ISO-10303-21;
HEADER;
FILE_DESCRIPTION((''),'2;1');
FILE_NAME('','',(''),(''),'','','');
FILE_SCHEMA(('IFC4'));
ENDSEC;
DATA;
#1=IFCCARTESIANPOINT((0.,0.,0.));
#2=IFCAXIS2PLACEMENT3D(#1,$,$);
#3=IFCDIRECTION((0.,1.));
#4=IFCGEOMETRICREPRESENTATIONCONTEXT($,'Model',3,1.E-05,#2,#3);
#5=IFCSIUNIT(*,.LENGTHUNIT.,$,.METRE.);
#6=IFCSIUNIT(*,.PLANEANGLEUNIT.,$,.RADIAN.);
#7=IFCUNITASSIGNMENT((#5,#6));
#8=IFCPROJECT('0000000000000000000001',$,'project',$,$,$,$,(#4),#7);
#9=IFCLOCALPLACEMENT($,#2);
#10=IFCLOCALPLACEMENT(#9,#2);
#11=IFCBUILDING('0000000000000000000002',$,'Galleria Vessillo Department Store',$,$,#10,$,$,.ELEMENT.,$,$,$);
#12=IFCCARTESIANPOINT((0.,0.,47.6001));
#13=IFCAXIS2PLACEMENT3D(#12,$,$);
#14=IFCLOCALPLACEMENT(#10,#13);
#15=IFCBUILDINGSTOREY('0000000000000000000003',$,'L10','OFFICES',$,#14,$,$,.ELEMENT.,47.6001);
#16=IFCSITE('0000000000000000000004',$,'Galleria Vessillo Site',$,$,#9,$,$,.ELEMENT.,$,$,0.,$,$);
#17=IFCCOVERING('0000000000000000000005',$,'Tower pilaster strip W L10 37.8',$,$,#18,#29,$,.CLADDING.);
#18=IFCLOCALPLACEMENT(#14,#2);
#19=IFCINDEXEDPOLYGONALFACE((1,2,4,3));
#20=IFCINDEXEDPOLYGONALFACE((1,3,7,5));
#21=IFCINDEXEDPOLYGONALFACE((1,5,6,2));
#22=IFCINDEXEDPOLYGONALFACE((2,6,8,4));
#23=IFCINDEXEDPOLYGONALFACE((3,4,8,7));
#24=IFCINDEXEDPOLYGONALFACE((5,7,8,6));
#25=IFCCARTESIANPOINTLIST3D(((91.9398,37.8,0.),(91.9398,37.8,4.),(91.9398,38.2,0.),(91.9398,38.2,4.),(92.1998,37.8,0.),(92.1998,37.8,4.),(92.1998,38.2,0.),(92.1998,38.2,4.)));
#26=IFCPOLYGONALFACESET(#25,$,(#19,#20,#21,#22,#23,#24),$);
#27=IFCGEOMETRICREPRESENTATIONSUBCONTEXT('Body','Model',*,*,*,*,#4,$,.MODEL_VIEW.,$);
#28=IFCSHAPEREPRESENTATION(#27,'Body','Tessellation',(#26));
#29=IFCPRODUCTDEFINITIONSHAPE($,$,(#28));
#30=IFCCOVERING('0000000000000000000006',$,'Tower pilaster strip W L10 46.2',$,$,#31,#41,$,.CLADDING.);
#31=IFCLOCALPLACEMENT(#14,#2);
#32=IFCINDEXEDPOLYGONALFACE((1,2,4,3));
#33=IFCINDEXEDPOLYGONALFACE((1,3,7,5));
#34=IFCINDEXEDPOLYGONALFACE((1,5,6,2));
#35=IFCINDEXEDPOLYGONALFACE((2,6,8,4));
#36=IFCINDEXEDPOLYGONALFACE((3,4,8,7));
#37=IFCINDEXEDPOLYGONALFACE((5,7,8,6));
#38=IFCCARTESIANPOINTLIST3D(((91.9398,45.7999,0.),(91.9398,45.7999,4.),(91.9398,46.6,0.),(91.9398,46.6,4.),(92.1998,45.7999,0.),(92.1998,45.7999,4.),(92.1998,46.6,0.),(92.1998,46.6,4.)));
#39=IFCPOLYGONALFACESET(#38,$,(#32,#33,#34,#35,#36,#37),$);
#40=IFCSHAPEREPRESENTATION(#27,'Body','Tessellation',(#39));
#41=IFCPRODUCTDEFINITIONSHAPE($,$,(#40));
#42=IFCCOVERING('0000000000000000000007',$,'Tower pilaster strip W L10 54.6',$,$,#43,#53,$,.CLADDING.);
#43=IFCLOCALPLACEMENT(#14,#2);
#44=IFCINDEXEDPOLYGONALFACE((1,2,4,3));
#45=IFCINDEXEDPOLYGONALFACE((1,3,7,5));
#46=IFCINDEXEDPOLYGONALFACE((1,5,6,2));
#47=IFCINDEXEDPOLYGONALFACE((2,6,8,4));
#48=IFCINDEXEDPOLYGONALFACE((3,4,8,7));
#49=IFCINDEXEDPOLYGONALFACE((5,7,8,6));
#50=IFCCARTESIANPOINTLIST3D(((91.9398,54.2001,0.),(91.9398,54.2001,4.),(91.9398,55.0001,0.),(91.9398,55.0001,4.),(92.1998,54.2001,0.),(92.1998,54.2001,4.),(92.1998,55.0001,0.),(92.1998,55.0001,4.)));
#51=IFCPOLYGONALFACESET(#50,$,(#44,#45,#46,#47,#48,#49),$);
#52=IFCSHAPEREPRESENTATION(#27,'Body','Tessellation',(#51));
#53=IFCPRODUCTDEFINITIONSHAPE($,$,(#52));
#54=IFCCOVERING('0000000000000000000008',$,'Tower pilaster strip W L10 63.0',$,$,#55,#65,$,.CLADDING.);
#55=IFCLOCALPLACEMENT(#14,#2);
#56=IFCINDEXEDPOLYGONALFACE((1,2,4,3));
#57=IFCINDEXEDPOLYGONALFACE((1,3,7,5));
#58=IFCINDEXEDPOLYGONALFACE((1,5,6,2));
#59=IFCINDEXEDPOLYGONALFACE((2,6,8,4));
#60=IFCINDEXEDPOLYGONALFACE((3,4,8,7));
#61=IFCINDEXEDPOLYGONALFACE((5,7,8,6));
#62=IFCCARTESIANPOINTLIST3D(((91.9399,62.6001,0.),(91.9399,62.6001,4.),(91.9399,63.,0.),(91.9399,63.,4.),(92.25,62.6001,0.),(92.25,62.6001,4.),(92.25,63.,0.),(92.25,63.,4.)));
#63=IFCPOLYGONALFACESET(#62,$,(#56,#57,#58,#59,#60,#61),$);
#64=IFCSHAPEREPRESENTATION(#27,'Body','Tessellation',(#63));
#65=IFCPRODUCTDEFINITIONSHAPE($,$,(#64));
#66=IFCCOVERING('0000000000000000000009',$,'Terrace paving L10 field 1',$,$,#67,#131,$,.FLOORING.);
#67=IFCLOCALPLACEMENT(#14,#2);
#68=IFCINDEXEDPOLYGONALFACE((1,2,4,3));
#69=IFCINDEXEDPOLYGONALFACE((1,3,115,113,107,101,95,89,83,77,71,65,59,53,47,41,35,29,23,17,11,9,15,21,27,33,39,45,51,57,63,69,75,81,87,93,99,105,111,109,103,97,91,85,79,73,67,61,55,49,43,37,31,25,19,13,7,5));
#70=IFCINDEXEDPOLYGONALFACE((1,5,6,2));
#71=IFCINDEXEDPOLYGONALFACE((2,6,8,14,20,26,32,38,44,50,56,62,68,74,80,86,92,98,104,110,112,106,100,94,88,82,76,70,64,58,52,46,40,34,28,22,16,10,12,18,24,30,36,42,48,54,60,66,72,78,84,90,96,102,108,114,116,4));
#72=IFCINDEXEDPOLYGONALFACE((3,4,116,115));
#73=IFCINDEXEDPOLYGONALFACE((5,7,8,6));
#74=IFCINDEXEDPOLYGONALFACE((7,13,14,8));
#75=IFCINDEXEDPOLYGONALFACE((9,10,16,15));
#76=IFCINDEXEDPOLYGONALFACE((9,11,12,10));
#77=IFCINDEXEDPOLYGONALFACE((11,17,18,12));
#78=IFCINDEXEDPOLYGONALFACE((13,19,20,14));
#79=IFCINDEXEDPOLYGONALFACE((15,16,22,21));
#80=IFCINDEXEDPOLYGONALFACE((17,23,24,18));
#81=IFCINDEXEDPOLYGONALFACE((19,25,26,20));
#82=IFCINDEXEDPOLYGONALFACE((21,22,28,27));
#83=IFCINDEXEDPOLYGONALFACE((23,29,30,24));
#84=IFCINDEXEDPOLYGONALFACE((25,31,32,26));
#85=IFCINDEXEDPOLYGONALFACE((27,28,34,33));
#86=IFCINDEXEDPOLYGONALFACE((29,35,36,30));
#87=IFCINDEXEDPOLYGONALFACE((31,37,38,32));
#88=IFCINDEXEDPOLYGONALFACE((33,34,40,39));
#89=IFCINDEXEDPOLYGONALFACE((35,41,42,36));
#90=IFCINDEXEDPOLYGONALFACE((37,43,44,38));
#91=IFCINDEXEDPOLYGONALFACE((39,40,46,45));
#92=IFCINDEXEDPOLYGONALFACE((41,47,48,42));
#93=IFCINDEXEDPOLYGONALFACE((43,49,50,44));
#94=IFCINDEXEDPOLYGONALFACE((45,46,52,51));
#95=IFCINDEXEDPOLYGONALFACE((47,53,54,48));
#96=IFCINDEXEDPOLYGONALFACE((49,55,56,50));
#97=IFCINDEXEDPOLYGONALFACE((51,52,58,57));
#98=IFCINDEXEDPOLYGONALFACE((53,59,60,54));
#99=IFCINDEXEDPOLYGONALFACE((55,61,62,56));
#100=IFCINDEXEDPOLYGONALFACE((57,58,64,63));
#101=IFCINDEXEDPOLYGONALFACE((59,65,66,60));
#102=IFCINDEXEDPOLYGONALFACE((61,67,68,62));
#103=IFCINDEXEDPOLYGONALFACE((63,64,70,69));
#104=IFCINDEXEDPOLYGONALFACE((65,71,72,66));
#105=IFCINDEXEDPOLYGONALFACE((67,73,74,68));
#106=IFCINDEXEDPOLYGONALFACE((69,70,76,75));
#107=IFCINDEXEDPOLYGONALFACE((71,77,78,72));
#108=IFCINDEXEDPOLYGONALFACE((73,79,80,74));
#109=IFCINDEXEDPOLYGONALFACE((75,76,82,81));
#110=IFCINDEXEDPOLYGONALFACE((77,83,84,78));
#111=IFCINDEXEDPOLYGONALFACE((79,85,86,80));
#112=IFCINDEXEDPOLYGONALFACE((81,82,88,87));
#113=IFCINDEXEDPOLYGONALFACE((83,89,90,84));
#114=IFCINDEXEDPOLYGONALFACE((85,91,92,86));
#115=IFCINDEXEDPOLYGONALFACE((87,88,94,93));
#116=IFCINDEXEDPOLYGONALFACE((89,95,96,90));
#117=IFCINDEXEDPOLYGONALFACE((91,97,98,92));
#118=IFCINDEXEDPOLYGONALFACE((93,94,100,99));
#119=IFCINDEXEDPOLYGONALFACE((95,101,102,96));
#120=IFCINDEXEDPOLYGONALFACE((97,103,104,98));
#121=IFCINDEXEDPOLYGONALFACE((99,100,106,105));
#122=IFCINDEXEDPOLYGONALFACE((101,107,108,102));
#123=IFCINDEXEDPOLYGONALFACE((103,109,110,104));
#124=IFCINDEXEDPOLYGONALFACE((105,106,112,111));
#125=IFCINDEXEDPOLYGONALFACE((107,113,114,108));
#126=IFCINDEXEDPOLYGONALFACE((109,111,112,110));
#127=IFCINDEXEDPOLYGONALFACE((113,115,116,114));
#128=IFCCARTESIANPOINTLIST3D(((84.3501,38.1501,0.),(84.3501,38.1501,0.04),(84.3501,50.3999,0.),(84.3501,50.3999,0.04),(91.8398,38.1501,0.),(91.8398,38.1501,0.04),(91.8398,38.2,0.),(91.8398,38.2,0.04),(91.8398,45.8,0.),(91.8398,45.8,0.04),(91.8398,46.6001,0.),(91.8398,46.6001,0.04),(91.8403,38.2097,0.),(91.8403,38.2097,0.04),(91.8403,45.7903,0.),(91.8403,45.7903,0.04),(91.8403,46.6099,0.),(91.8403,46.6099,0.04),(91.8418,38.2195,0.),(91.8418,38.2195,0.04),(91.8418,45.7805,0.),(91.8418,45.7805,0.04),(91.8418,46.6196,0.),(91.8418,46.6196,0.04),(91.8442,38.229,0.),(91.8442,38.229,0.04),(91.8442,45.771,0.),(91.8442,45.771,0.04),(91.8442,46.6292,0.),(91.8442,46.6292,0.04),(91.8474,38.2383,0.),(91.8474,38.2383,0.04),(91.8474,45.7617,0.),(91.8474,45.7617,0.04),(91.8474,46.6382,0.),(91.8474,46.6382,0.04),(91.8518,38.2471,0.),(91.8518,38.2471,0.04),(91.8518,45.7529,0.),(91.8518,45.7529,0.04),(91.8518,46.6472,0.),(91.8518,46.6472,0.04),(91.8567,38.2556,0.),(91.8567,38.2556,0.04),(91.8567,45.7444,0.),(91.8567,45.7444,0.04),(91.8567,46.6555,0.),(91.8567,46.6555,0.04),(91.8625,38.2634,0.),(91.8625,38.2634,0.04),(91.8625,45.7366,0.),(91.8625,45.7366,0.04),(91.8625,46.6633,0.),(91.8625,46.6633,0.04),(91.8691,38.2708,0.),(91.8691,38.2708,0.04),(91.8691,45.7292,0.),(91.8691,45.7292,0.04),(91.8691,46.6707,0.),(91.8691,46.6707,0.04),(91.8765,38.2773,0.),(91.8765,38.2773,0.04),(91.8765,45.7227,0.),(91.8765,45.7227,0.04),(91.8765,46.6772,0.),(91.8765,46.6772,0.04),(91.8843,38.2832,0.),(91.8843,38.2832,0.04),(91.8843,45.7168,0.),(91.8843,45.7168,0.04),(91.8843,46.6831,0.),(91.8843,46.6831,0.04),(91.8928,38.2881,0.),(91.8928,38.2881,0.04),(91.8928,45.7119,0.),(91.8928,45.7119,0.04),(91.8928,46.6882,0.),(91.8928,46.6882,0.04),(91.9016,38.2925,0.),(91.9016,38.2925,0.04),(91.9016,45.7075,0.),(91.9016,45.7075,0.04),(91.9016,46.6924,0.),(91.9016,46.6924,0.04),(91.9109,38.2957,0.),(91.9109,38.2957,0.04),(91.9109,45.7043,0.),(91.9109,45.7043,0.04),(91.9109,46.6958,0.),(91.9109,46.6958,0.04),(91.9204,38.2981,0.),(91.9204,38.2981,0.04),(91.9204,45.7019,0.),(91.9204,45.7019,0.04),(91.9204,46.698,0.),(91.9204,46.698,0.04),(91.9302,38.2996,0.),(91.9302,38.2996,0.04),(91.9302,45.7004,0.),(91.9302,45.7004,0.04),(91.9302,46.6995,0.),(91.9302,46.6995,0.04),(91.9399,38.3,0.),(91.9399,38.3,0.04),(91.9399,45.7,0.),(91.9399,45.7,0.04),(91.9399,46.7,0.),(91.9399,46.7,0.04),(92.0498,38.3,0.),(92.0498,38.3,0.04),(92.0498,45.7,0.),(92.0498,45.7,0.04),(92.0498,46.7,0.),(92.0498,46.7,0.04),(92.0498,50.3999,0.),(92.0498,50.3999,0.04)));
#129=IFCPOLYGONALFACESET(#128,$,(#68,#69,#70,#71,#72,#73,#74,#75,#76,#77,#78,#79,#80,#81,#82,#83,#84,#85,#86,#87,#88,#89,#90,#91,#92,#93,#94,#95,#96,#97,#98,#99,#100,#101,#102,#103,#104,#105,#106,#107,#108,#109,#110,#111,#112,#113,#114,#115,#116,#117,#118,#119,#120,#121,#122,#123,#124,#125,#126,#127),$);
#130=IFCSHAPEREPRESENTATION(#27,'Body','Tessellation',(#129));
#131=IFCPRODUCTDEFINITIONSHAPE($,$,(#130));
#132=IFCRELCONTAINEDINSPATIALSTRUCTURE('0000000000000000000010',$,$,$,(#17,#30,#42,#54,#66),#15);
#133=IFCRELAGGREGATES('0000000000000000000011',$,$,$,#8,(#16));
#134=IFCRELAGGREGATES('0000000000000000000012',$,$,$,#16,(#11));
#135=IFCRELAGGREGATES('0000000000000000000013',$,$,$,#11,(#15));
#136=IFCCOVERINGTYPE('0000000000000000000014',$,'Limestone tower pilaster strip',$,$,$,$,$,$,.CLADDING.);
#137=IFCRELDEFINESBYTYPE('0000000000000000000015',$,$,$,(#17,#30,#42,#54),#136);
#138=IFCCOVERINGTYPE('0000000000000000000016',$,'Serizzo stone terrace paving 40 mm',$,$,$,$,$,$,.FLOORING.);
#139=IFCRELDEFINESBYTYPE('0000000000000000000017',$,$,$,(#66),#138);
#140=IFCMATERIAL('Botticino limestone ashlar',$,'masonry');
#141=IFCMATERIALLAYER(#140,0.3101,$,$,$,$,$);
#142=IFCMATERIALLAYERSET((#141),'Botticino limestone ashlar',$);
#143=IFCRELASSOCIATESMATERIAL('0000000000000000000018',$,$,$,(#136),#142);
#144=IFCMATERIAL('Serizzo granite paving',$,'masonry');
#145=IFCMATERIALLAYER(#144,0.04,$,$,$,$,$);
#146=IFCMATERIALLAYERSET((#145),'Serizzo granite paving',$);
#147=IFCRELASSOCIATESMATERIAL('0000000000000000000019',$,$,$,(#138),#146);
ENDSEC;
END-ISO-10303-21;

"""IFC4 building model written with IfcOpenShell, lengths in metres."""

from ifc_helpers import new_model, si_unit, direction, frame, origin, origin_2d, place, context, subcontext, project, spatial, polyline, rectangle, outline, extrude, material, layer, layer_set, type_object, element, save


model = new_model("IFC4")

# Units and contexts
model_context = context("Model", 3, precision=1e-05, world=origin(), true_north=direction((0.0, 1.0)))
body_context = subcontext(model_context, "Body", "Model", "MODEL_VIEW")
ifc_project = project(units=[si_unit("LENGTHUNIT", "METRE"), si_unit("PLANEANGLEUNIT", "RADIAN")], contexts=[model_context])

# Site, building, storey
site_placement = place(None, origin())
site = spatial("IfcSite", under=ifc_project, at=site_placement, Name="Galleria Vessillo Site", CompositionType="ELEMENT", RefElevation=0.0)
building_placement = place(site_placement, origin())
building = spatial("IfcBuilding", under=site, at=building_placement, Name="Galleria Vessillo Department Store", CompositionType="ELEMENT")
storey_placement = place(building_placement, frame((0.0, 0.0, 47.6001)))
storey = spatial("IfcBuildingStorey", under=building, at=storey_placement, Name="L10", Description="OFFICES", CompositionType="ELEMENT", Elevation=47.6001)

# Coverings
ifc_material_1 = material(Name="Botticino limestone ashlar", Category="masonry")
ifc_layer_1 = layer(ifc_material_1, 0.3101)
ifc_layer_set_1 = layer_set([ifc_layer_1], Name="Botticino limestone ashlar")
covering_type_1 = type_object("IfcCoveringType", Name="Limestone tower pilaster strip", PredefinedType="CLADDING", material=ifc_layer_set_1)
covering_1_placement = place(storey_placement, frame((92.0698, 38.0, 0.0), z_axis=(0.0, 0.0, 1.0), x_axis=(1.0, 0.0, 0.0)))
element("IfcCovering", 1, at=covering_1_placement, inside=storey, type_object=covering_type_1, Name="Tower pilaster strip W L10 37.8", PredefinedType="CLADDING", context=body_context, shape_type="SweptSolid", body=[
    extrude(rectangle(XDim=0.26, YDim=0.3999, at=origin_2d()), origin(), (0.0, 0.0, 1.0), 4.0),
])
for number, where, z_axis, x_axis, name in (
    (2, (92.0698, 46.2, 0.0), (0.0, 0.0, 1.0), (1.0, 0.0, 0.0), "Tower pilaster strip W L10 46.2"),
    (3, (92.0698, 54.6001, 0.0), (0.0, 0.0, 1.0), (1.0, 0.0, 0.0), "Tower pilaster strip W L10 54.6"),
):
    element("IfcCovering", number, at=place(storey_placement, frame(where, z_axis=z_axis, x_axis=x_axis)), inside=storey, type_object=covering_type_1, Name=name, PredefinedType="CLADDING", context=body_context, shape_type="SweptSolid", body=[
        extrude(rectangle(XDim=0.26, YDim=0.8, at=origin_2d()), origin(), (0.0, 0.0, 1.0), 4.0),
    ])
covering_2_placement = place(storey_placement, frame((92.095, 62.8, 0.0), z_axis=(0.0, 0.0, 1.0), x_axis=(1.0, 0.0, 0.0)))
element("IfcCovering", 4, at=covering_2_placement, inside=storey, type_object=covering_type_1, Name="Tower pilaster strip W L10 63.0", PredefinedType="CLADDING", context=body_context, shape_type="SweptSolid", body=[
    extrude(rectangle(XDim=0.3101, YDim=0.3999, at=origin_2d()), origin(), (0.0, 0.0, 1.0), 4.0),
])
ifc_material_2 = material(Name="Serizzo granite paving", Category="masonry")
ifc_layer_2 = layer(ifc_material_2, 0.04)
ifc_layer_set_2 = layer_set([ifc_layer_2], Name="Serizzo granite paving")
covering_type_2 = type_object("IfcCoveringType", Name="Serizzo stone terrace paving 40 mm", PredefinedType="FLOORING", material=ifc_layer_set_2)
covering_3_placement = place(storey_placement, origin())
element("IfcCovering", 5, at=covering_3_placement, inside=storey, type_object=covering_type_2, Name="Terrace paving L10 field 1", PredefinedType="FLOORING", context=body_context, shape_type="SweptSolid", body=[
    extrude(outline(polyline([(92.0498, 46.7), (91.9399, 46.7), (91.9302, 46.6995), (91.9204, 46.698), (91.9109, 46.6958), (91.9016, 46.6924), (91.8928, 46.6882), (91.8843, 46.6831), (91.8765, 46.6772), (91.8691, 46.6707), (91.8625, 46.6633), (91.8567, 46.6555), (91.8518, 46.6472), (91.8474, 46.6382), (91.8442, 46.6292), (91.8418, 46.6196), (91.8403, 46.6099), (91.8398, 46.6001), (91.8398, 45.8), (91.8403, 45.7903), (91.8418, 45.7805), (91.8442, 45.771), (91.8474, 45.7617), (91.8518, 45.7529), (91.8567, 45.7444), (91.8625, 45.7366), (91.8691, 45.7292), (91.8765, 45.7227), (91.8843, 45.7168), (91.8928, 45.7119), (91.9016, 45.7075), (91.9109, 45.7043), (91.9204, 45.7019), (91.9302, 45.7004), (91.9399, 45.7), (92.0498, 45.7), (92.0498, 38.3), (91.9399, 38.3), (91.9302, 38.2996), (91.9204, 38.2981), (91.9109, 38.2957), (91.9016, 38.2925), (91.8928, 38.2881), (91.8843, 38.2832), (91.8765, 38.2773), (91.8691, 38.2708), (91.8625, 38.2634), (91.8567, 38.2556), (91.8518, 38.2471), (91.8474, 38.2383), (91.8442, 38.229), (91.8418, 38.2195), (91.8403, 38.2097), (91.8398, 38.2), (91.8398, 38.1501), (84.3501, 38.1501), (84.3501, 50.3999), (92.0498, 50.3999), (92.0498, 46.7)])), origin(), (0.0, 0.0, 1.0), 0.04),
])

save(model, "model.ifc")
